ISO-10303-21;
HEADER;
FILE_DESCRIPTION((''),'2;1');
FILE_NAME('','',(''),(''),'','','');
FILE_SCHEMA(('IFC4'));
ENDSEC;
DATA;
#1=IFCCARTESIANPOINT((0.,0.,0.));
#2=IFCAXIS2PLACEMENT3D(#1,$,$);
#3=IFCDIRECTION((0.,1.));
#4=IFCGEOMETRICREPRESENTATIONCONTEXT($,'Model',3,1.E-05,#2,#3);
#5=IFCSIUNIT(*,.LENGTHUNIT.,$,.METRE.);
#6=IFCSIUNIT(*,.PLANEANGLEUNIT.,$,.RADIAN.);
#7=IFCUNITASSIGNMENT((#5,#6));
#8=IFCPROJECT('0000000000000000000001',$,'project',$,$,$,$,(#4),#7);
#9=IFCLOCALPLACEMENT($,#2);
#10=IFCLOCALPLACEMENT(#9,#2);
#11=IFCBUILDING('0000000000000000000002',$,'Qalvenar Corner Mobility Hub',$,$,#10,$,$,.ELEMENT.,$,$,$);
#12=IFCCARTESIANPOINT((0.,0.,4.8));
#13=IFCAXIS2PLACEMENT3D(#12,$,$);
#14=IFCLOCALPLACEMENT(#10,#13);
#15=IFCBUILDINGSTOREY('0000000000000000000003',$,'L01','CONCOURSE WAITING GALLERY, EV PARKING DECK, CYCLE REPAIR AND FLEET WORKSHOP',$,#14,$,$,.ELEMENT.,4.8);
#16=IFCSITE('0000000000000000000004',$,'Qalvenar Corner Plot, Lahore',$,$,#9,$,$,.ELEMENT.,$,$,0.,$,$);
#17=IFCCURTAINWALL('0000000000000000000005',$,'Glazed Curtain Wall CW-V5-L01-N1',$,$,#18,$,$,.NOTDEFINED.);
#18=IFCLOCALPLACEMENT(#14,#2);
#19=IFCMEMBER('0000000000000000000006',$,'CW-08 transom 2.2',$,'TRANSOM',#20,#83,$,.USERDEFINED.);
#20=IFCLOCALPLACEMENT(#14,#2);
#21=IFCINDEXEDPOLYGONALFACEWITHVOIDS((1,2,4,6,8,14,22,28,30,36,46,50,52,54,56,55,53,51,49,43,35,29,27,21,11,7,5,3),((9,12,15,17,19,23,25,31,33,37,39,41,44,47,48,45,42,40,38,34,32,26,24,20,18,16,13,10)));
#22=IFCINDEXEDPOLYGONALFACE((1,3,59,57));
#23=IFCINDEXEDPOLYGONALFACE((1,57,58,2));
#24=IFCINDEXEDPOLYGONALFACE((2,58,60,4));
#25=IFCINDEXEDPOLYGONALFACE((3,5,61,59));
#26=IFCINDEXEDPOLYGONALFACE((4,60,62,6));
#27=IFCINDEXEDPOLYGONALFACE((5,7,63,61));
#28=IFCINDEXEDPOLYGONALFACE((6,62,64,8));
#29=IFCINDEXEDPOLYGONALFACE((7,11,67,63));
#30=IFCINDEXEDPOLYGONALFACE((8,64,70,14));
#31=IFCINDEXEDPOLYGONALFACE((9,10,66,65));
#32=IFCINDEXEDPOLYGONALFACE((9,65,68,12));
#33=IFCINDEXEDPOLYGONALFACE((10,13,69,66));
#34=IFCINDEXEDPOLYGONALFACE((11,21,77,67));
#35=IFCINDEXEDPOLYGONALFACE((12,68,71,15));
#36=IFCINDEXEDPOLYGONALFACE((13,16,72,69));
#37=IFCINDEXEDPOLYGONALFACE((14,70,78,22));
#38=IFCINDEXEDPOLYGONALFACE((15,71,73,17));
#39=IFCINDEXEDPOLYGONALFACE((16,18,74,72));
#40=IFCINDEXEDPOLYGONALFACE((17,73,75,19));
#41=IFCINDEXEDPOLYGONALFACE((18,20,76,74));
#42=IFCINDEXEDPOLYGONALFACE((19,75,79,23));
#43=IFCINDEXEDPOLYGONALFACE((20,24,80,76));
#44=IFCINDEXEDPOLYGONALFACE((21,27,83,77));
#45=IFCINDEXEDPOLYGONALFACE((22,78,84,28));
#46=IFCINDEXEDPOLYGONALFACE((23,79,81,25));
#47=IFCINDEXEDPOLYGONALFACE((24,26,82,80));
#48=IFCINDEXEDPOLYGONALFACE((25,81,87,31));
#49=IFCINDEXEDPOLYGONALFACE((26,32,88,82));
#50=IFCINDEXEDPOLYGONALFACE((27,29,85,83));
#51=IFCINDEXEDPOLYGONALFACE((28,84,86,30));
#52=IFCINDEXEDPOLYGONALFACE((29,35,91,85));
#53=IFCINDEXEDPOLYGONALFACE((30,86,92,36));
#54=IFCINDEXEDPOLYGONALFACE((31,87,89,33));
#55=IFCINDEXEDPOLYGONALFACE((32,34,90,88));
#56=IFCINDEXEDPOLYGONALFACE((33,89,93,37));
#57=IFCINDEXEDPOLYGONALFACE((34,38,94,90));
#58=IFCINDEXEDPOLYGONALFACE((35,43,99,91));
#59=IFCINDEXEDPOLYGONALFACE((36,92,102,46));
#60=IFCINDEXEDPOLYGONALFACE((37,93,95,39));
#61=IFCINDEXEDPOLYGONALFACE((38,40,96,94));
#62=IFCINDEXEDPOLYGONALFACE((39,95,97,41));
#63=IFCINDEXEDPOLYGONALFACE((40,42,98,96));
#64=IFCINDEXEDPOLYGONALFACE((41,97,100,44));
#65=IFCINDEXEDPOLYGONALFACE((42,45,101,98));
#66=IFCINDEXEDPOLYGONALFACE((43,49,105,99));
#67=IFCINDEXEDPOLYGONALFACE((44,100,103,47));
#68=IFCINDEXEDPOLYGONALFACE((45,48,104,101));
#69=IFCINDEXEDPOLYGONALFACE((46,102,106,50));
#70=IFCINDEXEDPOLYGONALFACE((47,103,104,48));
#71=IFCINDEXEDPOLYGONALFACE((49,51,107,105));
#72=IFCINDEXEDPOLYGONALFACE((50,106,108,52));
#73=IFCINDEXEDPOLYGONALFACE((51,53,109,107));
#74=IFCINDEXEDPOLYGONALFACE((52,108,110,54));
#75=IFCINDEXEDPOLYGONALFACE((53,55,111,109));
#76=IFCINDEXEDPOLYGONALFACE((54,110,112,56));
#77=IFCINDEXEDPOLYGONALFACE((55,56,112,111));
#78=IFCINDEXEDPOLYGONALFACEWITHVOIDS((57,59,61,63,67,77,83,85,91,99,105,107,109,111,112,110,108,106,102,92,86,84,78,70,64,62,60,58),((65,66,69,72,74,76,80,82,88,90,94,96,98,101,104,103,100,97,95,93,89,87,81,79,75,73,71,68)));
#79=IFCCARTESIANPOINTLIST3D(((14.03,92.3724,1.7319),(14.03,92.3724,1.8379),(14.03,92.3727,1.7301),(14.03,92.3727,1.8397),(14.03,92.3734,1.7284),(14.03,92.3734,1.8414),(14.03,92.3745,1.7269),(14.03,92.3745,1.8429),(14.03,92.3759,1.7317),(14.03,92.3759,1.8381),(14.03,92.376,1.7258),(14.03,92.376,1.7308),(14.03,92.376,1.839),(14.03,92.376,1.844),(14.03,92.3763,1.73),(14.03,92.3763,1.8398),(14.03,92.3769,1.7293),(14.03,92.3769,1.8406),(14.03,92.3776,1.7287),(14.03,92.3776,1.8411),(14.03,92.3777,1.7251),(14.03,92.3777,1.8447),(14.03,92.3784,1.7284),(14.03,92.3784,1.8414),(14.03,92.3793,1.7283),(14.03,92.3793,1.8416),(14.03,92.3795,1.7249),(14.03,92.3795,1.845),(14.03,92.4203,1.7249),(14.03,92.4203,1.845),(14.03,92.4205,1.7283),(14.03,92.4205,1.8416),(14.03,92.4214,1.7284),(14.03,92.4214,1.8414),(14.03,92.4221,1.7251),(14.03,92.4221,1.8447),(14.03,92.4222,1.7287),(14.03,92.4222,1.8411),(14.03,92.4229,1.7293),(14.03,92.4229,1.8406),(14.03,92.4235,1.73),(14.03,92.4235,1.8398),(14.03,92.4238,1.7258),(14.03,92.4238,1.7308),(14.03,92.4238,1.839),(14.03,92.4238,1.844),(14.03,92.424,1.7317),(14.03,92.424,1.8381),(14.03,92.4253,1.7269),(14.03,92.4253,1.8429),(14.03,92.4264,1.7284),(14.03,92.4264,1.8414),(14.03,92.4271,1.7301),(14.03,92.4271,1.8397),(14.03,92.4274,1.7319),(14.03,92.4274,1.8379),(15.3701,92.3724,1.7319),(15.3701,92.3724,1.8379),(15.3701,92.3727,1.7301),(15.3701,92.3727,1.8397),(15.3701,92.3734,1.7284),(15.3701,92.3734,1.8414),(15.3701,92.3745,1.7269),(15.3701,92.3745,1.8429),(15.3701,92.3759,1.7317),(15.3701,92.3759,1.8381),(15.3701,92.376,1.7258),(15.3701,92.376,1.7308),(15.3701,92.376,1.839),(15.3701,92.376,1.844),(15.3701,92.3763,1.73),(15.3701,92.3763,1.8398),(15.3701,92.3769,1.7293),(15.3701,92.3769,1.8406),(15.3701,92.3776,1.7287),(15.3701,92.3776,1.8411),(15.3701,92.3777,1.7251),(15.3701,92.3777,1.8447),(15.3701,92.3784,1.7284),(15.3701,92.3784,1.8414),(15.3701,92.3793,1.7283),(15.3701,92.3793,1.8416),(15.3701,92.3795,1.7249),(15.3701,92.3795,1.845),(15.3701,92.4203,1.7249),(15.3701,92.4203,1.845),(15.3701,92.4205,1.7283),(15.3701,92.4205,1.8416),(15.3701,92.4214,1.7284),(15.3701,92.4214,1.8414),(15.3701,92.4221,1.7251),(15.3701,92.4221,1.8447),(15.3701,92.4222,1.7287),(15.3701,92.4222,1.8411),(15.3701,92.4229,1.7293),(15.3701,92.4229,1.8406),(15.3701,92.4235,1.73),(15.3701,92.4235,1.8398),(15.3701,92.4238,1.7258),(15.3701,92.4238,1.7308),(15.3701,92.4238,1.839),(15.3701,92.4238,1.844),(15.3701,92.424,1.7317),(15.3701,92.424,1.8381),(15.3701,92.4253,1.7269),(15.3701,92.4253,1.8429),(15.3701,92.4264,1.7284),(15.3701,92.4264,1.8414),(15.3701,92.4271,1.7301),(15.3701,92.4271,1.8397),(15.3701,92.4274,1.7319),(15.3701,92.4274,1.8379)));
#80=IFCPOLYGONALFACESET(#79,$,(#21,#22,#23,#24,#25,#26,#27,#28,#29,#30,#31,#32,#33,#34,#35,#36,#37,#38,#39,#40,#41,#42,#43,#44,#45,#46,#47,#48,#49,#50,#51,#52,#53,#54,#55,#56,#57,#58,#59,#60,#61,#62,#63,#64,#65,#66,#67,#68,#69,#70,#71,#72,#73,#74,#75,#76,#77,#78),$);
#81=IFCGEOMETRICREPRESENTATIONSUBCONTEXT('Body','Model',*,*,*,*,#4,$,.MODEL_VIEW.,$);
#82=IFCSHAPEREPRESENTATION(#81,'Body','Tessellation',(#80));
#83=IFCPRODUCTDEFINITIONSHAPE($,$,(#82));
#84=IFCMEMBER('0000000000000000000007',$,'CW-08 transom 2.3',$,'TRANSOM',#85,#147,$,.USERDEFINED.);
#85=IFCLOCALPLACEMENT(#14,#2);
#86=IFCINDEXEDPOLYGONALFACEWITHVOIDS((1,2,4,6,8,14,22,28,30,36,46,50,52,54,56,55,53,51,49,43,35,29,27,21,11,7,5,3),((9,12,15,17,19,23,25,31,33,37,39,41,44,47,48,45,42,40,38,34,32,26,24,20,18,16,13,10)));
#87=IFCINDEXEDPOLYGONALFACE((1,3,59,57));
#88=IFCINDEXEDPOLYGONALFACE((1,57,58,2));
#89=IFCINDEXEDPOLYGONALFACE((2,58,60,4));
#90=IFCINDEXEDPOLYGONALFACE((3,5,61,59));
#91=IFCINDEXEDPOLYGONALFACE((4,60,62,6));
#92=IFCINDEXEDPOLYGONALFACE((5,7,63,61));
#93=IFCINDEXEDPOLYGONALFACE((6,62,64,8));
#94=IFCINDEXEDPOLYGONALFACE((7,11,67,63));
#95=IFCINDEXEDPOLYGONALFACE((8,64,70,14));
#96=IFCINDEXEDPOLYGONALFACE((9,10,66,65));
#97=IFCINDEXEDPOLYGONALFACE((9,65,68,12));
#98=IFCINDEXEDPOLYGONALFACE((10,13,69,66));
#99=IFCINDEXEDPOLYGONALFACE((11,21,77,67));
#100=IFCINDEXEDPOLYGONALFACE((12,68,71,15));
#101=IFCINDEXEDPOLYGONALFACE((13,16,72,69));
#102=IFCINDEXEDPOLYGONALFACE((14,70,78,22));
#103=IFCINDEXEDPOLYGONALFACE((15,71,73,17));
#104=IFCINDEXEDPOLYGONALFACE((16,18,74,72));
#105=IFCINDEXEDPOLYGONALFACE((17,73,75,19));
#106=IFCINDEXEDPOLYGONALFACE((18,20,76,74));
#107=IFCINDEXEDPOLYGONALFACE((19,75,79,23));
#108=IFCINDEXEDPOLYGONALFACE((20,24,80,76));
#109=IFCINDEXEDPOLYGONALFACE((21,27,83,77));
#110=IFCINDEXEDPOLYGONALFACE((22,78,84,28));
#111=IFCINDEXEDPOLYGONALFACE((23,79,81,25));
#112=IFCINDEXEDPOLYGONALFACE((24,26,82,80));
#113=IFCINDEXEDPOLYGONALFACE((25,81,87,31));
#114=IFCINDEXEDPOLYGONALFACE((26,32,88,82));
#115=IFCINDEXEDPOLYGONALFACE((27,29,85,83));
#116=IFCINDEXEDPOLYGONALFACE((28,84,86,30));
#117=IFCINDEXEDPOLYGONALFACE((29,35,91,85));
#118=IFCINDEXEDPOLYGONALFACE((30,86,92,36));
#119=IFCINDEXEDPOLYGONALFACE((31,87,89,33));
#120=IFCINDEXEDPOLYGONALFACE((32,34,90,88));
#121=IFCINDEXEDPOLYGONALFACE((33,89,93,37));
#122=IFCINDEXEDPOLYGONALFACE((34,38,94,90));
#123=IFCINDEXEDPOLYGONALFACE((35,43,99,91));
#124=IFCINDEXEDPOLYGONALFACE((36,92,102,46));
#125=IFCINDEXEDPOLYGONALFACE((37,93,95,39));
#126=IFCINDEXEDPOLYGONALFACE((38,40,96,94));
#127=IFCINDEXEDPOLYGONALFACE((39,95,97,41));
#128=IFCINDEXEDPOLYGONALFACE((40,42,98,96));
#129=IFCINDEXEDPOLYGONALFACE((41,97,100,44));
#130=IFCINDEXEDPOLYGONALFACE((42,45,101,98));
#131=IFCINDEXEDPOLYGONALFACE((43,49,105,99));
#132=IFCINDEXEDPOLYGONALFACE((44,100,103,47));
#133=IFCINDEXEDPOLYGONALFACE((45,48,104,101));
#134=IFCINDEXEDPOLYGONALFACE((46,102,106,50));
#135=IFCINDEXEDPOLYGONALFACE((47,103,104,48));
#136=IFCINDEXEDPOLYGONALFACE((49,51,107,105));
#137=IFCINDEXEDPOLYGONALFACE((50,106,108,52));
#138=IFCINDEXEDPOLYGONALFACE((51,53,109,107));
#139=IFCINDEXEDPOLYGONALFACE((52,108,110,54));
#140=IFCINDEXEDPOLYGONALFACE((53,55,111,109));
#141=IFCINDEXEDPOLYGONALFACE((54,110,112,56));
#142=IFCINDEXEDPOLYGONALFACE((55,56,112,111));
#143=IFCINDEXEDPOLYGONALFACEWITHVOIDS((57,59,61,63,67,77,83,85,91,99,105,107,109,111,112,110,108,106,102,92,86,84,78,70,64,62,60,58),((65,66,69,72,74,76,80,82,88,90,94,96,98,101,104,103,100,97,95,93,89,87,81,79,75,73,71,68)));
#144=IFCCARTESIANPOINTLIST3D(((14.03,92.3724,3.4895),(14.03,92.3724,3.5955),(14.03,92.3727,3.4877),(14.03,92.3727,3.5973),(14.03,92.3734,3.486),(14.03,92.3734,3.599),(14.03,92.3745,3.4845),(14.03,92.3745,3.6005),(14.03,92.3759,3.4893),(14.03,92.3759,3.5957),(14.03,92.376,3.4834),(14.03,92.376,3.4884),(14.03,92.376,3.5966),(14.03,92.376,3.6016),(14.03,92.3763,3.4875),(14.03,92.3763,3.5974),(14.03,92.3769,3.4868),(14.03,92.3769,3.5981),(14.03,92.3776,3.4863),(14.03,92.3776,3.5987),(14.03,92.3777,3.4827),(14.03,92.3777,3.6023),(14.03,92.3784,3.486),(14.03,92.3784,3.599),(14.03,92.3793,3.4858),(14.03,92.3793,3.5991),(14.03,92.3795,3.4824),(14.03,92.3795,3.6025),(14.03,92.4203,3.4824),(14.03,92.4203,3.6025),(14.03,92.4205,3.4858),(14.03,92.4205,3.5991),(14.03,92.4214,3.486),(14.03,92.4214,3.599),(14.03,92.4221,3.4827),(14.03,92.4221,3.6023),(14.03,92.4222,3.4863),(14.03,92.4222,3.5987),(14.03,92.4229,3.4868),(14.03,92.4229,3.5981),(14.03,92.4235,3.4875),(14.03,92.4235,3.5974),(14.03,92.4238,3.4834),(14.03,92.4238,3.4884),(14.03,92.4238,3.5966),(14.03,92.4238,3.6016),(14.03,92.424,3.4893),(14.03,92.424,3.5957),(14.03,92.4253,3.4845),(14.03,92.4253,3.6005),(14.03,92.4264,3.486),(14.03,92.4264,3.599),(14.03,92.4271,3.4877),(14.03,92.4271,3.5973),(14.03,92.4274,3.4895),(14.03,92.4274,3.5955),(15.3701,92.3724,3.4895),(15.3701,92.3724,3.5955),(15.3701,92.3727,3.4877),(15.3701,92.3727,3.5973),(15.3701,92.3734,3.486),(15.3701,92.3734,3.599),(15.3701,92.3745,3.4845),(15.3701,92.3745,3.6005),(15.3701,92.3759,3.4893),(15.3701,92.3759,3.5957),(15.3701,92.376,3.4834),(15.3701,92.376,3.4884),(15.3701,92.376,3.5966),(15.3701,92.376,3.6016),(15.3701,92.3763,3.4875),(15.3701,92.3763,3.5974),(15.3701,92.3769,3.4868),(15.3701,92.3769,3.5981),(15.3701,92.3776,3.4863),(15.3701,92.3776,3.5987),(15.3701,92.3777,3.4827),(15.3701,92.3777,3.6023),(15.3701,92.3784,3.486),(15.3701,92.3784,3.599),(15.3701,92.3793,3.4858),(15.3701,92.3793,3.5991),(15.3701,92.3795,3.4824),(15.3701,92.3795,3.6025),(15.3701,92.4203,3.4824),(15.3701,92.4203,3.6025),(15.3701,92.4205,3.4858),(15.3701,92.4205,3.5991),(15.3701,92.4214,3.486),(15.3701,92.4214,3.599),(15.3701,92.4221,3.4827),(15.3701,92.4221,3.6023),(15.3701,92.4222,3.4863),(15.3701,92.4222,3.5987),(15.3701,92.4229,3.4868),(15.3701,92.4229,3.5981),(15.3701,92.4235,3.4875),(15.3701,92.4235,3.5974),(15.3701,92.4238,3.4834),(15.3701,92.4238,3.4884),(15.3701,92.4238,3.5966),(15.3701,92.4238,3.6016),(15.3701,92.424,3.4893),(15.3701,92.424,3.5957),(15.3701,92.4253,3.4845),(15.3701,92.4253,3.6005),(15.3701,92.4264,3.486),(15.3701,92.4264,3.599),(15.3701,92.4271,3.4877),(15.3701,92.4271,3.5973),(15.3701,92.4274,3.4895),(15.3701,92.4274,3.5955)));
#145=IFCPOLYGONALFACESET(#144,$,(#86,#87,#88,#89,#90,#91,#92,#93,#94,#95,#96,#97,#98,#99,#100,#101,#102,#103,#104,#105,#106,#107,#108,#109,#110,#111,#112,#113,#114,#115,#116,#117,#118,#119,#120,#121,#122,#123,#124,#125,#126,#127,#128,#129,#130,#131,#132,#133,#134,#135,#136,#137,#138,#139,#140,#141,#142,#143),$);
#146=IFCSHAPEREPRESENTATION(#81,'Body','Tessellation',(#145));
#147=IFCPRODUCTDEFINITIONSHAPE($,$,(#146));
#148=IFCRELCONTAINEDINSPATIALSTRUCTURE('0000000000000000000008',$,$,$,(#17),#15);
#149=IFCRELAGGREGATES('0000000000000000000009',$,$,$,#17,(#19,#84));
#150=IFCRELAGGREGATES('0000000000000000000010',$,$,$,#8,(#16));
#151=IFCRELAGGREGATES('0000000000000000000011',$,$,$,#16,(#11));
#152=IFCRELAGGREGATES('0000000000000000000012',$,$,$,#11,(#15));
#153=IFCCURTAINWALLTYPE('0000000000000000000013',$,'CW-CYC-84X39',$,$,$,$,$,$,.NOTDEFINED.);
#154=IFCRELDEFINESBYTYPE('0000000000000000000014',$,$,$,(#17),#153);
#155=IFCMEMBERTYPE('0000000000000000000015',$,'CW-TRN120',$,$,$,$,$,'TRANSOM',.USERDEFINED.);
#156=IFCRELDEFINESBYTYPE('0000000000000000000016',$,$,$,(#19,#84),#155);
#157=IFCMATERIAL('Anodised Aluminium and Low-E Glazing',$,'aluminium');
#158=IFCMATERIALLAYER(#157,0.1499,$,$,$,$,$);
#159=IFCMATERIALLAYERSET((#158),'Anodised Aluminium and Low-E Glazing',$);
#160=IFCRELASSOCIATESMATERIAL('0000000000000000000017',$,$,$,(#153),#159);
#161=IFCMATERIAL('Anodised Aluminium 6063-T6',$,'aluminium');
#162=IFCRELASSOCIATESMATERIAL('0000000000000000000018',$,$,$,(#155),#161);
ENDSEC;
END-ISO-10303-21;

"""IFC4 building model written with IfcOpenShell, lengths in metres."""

from ifc_helpers import new_model, si_unit, direction, frame, origin, origin_2d, place, context, subcontext, project, spatial, hollow_rectangle, extrude, material, layer, layer_set, material_profile, profile_set, type_object, element, aggregate, save


model = new_model("IFC4")

# Units and contexts
model_context = context("Model", 3, precision=1e-05, world=origin(), true_north=direction((0.0, 1.0)))
body_context = subcontext(model_context, "Body", "Model", "MODEL_VIEW")
ifc_project = project(units=[si_unit("LENGTHUNIT", "METRE"), si_unit("PLANEANGLEUNIT", "RADIAN")], contexts=[model_context])

# Site, building, storey
site_placement = place(None, origin())
site = spatial("IfcSite", under=ifc_project, at=site_placement, Name="Qalvenar Corner Plot, Lahore", CompositionType="ELEMENT", RefElevation=0.0)
building_placement = place(site_placement, origin())
building = spatial("IfcBuilding", under=site, at=building_placement, Name="Qalvenar Corner Mobility Hub", CompositionType="ELEMENT")
storey_placement = place(building_placement, frame((0.0, 0.0, 4.8)))
storey = spatial("IfcBuildingStorey", under=building, at=storey_placement, Name="L01", Description="CONCOURSE WAITING GALLERY, EV PARKING DECK, CYCLE REPAIR AND FLEET WORKSHOP", CompositionType="ELEMENT", Elevation=4.8)

# Curtain wall
ifc_material_1 = material(Name="Anodised Aluminium and Low-E Glazing", Category="aluminium")
ifc_layer_1 = layer(ifc_material_1, 0.1499)
ifc_layer_set_1 = layer_set([ifc_layer_1], Name="Anodised Aluminium and Low-E Glazing")
curtain_wall_type = type_object("IfcCurtainWallType", Name="CW-CYC-84X39", PredefinedType="NOTDEFINED", material=ifc_layer_set_1)
curtain_wall_1_placement = place(storey_placement, origin())
curtain_wall_1 = element("IfcCurtainWall", 1, at=curtain_wall_1_placement, inside=storey, type_object=curtain_wall_type, Name="Glazed Curtain Wall CW-V5-L01-N1", PredefinedType="NOTDEFINED")
ifc_material_2 = material(Name="Anodised Aluminium 6063-T6", Category="aluminium")

# Members
ifc_material_profile_1 = material_profile(ifc_material_2, hollow_rectangle(XDim=0.0549, YDim=0.1201, WallThickness=0.0034, InnerFilletRadius=0.0034, OuterFilletRadius=0.0071, at=origin_2d()), Name="RHS120x55x3.5")
ifc_profile_set_1 = profile_set([ifc_material_profile_1], Name="Anodised Aluminium 6063-T6")
member_type_1 = type_object("IfcMemberType", Name="CW-TRN120", ElementType="TRANSOM", PredefinedType="USERDEFINED", material=ifc_profile_set_1)
member_1_placement = place(storey_placement, frame((15.3701, 92.3999, 1.7849), z_axis=(-1.0, 0.0, 0.0), x_axis=(0.0, -1.0, 0.0)))
member_1 = element("IfcMember", 2, at=member_1_placement, type_object=member_type_1, Name="CW-08 transom 2.2", ObjectType="TRANSOM", PredefinedType="USERDEFINED", context=body_context, shape_type="SweptSolid", body=[
    extrude(hollow_rectangle(XDim=0.0549, YDim=0.1201, WallThickness=0.0034, InnerFilletRadius=0.0034, OuterFilletRadius=0.0071, at=origin_2d()), origin(), (0.0, 0.0, 1.0), 1.3401),
])
member_2_placement = place(storey_placement, frame((15.3701, 92.3999, 3.5425), z_axis=(-1.0, 0.0, 0.0), x_axis=(0.0, -1.0, 0.0)))
member_2 = element("IfcMember", 3, at=member_2_placement, type_object=member_type_1, Name="CW-08 transom 2.3", ObjectType="TRANSOM", PredefinedType="USERDEFINED", context=body_context, shape_type="SweptSolid", body=[
    extrude(hollow_rectangle(XDim=0.0549, YDim=0.1201, WallThickness=0.0034, InnerFilletRadius=0.0034, OuterFilletRadius=0.0071, at=origin_2d()), origin(), (0.0, 0.0, 1.0), 1.3401),
])

aggregate(curtain_wall_1, [member_1, member_2])

save(model, "model.ifc")
